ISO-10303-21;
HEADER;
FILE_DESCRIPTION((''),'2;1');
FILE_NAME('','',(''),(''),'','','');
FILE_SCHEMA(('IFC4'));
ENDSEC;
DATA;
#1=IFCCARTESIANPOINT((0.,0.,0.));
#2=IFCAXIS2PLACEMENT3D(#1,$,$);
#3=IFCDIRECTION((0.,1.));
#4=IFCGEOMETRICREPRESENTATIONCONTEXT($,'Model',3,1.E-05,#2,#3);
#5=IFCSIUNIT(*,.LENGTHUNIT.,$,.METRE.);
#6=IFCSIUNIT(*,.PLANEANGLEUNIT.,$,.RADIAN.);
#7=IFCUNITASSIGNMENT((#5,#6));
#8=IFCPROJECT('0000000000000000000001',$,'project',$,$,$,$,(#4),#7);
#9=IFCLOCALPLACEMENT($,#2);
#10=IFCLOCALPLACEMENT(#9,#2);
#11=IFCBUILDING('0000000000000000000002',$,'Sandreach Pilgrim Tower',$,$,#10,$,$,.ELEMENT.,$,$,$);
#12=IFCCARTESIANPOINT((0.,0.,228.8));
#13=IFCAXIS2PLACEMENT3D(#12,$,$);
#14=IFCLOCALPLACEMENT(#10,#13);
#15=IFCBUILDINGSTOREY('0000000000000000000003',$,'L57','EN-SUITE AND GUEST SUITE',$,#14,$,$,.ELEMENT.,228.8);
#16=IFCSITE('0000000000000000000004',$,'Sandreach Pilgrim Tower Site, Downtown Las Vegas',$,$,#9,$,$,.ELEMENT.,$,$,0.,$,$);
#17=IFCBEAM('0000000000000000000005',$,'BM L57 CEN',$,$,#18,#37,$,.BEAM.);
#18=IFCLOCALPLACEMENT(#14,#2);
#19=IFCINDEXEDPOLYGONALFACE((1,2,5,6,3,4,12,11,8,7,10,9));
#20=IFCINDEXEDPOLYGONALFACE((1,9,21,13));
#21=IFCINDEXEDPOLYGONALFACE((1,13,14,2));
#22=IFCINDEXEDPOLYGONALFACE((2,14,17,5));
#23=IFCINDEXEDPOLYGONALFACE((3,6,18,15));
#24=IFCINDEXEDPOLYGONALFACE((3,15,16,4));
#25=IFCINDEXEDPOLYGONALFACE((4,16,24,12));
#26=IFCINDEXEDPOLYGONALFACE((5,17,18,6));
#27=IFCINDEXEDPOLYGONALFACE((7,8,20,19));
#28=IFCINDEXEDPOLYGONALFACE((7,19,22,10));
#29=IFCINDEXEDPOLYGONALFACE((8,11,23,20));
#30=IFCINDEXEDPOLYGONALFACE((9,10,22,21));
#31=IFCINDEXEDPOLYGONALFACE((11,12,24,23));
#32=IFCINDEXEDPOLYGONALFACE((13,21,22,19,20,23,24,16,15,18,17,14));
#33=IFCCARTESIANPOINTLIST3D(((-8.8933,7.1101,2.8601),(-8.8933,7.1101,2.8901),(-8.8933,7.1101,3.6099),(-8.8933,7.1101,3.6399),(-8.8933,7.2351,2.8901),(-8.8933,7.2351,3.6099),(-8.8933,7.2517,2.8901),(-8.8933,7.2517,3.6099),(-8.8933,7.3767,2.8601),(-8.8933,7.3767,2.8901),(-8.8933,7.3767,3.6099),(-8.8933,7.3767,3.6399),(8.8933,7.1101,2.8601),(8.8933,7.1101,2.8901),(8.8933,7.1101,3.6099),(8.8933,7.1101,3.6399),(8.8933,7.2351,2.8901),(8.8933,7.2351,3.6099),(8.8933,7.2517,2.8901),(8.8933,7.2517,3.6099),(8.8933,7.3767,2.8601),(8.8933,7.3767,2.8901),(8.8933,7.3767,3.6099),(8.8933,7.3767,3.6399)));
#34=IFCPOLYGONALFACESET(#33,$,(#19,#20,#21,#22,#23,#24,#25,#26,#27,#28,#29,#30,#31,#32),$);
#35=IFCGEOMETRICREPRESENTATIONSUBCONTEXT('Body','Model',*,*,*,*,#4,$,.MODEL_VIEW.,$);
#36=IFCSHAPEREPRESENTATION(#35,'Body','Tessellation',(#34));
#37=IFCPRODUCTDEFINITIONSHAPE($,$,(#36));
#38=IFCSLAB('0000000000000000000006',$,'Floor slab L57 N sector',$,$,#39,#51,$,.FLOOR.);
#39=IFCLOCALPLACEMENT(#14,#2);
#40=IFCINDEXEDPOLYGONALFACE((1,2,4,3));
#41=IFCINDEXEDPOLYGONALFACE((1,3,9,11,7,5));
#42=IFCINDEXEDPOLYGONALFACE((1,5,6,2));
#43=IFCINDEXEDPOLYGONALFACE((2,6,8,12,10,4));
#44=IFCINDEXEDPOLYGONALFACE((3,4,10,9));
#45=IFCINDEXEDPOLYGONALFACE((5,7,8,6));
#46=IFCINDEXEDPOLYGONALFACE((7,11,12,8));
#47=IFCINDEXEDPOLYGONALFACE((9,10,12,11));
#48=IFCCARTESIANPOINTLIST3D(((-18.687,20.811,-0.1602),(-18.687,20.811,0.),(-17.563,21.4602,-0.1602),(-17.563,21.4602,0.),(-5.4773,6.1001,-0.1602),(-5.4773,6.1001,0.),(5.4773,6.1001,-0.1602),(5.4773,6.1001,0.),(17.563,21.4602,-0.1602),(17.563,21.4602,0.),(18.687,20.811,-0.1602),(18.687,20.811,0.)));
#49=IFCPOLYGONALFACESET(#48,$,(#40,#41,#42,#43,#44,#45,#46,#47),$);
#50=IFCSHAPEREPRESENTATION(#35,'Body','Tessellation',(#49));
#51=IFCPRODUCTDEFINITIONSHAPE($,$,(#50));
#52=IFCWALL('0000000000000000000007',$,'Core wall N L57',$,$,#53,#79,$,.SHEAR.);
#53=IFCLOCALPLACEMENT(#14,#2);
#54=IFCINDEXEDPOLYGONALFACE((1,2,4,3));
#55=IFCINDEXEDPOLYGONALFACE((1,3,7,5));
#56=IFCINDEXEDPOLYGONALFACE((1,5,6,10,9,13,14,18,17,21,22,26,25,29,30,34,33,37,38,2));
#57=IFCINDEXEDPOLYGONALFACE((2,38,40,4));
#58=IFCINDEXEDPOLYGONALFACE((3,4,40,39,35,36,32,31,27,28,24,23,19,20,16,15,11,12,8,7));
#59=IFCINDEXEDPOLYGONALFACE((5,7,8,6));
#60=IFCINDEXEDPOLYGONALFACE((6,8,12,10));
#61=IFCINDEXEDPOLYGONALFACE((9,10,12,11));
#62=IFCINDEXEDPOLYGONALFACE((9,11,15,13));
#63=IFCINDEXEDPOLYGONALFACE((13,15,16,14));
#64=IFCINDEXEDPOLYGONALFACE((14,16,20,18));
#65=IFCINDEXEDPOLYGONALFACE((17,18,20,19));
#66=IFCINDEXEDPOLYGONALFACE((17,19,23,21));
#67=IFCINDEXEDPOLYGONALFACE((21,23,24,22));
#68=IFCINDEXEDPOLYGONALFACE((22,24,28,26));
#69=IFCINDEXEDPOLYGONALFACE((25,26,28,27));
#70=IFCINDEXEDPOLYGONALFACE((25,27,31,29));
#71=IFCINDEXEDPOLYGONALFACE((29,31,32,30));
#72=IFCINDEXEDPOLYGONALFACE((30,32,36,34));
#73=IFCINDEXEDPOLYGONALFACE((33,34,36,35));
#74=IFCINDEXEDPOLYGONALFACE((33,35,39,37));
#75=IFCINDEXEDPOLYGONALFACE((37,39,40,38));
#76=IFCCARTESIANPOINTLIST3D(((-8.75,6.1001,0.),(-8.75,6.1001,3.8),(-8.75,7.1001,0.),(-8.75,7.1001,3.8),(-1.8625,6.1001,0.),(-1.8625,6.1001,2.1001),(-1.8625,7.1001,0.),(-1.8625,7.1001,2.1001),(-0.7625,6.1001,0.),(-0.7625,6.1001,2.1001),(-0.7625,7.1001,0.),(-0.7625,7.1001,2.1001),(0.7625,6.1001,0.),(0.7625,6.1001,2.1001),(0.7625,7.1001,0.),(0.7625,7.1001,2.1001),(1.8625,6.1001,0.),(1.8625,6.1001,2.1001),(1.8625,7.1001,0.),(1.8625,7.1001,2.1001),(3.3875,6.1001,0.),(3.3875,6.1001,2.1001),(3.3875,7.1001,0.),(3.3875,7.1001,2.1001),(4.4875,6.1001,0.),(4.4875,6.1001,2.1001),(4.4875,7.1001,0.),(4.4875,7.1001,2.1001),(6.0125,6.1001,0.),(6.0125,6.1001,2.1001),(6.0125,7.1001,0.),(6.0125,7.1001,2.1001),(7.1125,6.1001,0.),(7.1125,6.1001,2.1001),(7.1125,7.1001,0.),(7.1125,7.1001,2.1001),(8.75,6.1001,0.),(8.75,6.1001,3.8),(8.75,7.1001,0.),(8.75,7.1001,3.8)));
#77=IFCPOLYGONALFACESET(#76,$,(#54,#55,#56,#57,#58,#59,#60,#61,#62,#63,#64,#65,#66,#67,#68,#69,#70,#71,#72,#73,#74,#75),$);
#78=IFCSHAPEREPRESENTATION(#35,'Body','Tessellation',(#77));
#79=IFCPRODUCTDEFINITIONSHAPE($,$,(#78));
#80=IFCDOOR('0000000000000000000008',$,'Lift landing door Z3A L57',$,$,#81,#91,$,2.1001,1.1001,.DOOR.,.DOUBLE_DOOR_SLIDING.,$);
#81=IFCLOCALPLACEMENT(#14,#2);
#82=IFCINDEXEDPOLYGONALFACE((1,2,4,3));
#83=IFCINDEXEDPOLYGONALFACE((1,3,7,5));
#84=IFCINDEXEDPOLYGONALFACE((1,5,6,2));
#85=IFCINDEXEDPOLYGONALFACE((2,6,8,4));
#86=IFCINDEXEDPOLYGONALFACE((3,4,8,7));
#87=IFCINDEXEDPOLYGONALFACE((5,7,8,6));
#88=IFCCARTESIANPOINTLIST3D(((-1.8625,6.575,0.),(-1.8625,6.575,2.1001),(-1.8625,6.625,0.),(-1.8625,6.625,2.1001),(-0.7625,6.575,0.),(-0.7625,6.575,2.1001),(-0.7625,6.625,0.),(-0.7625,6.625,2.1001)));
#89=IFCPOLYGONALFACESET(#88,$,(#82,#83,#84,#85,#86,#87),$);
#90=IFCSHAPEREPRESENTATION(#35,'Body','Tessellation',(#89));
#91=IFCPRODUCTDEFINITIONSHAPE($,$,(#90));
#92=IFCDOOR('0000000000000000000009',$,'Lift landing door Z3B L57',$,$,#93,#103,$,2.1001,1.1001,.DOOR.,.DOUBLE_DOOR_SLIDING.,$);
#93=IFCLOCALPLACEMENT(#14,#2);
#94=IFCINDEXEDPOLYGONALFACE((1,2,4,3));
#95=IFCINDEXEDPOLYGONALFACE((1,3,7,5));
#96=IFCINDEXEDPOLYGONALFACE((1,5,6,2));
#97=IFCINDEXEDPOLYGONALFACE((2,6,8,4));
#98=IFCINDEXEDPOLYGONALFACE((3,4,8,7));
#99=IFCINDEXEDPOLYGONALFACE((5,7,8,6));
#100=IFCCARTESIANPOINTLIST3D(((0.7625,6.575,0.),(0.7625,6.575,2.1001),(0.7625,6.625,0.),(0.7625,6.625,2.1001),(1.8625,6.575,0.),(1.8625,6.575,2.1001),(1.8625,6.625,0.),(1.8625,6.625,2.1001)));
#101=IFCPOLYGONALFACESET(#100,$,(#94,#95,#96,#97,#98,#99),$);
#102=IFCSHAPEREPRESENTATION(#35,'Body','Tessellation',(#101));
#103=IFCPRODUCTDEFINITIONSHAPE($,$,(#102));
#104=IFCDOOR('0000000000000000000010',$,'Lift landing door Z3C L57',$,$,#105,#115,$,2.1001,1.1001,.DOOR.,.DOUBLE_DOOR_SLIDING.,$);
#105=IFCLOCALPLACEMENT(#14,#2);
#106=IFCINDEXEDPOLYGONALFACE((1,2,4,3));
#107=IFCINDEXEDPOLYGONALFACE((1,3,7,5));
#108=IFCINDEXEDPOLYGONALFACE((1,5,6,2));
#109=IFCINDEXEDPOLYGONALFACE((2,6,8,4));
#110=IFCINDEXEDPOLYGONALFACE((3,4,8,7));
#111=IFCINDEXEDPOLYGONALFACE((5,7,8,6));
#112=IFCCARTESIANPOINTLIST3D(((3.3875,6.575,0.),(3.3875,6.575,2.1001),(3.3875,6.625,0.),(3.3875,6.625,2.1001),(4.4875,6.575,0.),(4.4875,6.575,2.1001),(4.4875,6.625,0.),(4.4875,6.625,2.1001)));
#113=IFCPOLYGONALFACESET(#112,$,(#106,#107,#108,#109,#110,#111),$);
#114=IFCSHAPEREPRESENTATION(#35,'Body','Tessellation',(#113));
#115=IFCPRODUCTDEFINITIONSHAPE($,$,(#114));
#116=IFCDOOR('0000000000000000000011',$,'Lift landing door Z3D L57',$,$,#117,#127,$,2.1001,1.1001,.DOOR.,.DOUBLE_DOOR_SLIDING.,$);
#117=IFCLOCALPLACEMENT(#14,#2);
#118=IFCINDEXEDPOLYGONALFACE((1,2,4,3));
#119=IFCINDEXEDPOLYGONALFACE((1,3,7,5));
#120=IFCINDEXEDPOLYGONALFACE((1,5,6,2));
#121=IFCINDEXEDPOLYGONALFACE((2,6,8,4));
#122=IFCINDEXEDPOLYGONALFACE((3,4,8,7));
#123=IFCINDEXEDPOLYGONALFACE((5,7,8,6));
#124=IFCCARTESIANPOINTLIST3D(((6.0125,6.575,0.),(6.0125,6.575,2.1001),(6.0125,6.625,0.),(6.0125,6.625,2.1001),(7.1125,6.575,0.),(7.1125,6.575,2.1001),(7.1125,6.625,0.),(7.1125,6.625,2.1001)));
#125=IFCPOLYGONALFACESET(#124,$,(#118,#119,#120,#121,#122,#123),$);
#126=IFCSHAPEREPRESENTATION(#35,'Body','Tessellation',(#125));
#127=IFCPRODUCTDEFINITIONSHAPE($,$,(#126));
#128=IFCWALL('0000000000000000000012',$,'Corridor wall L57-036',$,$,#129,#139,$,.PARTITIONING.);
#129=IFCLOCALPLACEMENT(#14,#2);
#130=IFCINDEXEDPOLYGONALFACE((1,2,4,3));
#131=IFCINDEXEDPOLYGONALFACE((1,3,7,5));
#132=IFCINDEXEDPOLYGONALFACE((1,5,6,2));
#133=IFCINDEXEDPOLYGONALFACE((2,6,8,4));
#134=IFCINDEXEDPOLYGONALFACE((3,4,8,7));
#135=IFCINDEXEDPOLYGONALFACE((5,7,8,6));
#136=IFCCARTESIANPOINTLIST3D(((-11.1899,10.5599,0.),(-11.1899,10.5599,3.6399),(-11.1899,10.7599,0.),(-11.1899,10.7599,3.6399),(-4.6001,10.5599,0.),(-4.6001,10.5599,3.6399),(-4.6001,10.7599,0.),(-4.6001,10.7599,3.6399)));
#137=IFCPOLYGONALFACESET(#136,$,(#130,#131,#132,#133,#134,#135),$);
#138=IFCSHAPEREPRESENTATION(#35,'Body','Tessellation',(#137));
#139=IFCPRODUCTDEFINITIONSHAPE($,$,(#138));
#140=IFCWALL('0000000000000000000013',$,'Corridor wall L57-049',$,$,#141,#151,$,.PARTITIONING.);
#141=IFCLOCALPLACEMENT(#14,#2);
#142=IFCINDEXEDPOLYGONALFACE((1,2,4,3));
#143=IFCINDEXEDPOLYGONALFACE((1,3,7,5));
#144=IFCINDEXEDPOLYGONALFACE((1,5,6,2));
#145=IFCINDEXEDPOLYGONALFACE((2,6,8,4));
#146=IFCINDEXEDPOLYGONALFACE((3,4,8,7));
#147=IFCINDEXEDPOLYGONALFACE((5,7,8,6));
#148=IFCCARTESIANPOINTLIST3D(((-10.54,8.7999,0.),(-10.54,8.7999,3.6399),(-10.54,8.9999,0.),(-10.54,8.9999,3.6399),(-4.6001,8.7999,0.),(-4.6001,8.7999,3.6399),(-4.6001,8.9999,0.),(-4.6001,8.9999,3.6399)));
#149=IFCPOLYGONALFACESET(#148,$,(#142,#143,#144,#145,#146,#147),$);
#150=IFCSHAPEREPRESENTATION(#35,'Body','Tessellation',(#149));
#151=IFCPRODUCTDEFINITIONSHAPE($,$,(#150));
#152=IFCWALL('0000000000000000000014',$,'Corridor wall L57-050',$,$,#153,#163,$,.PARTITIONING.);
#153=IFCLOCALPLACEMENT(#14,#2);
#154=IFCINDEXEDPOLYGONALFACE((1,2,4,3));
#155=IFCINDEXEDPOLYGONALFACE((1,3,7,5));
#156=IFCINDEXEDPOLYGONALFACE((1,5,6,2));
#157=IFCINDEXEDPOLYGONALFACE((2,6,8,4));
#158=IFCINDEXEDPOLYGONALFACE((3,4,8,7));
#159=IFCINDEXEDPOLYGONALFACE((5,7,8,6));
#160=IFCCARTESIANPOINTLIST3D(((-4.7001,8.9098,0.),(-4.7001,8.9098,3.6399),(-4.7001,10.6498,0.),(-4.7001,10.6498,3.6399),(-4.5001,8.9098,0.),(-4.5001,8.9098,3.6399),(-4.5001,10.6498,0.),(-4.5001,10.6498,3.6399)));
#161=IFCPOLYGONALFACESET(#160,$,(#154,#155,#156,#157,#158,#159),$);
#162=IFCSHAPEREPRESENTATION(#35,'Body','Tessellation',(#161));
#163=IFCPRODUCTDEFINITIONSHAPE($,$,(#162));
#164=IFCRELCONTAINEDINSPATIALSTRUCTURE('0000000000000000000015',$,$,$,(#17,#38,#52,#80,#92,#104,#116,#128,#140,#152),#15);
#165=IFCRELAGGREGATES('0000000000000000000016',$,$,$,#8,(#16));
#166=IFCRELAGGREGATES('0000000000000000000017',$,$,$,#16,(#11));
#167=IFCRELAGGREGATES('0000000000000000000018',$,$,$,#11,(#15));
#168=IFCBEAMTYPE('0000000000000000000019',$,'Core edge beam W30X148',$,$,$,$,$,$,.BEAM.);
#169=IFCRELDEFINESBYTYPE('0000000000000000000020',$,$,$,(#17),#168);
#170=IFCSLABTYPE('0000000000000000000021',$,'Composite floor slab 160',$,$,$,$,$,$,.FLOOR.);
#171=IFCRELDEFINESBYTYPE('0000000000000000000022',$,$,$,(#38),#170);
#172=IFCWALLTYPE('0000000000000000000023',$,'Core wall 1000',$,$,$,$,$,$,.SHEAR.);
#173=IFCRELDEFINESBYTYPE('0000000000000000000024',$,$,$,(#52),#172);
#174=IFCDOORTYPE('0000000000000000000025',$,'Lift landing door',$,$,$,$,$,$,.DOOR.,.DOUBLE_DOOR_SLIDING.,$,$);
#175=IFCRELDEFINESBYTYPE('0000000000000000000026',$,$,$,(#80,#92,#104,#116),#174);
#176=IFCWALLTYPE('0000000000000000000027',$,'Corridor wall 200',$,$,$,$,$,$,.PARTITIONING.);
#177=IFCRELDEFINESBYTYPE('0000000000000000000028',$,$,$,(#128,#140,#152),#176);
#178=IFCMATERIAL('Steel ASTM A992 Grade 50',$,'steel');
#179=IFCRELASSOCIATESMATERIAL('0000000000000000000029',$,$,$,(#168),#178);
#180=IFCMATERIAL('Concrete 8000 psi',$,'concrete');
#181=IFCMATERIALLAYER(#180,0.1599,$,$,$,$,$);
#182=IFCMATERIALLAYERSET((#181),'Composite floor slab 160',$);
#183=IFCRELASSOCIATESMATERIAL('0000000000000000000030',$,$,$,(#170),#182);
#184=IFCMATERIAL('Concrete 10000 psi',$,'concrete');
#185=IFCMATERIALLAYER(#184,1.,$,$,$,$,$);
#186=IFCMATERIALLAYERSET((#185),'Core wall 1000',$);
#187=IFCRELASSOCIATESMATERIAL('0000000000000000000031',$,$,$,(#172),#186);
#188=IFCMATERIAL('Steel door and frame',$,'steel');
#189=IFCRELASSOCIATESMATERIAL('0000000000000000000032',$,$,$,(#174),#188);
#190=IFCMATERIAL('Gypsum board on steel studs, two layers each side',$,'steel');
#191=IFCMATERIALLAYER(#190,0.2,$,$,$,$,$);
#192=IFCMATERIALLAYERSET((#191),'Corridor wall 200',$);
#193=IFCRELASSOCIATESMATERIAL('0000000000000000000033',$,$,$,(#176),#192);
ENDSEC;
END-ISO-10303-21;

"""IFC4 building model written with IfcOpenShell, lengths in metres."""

from ifc_helpers import new_model, si_unit, direction, frame, frame_2d, origin, origin_2d, place, context, subcontext, project, spatial, polyline, rectangle, i_section, outline, extrude, material, layer, layer_set, material_profile, profile_set, type_object, element, fill, save


model = new_model("IFC4")

# Units and contexts
model_context = context("Model", 3, precision=1e-05, world=origin(), true_north=direction((0.0, 1.0)))
body_context = subcontext(model_context, "Body", "Model", "MODEL_VIEW")
ifc_project = project(units=[si_unit("LENGTHUNIT", "METRE"), si_unit("PLANEANGLEUNIT", "RADIAN")], contexts=[model_context])

# Site, building, storey
site_placement = place(None, origin())
site = spatial("IfcSite", under=ifc_project, at=site_placement, Name="Sandreach Pilgrim Tower Site, Downtown Las Vegas", CompositionType="ELEMENT", RefElevation=0.0)
building_placement = place(site_placement, origin())
building = spatial("IfcBuilding", under=site, at=building_placement, Name="Sandreach Pilgrim Tower", CompositionType="ELEMENT")
storey_placement = place(building_placement, frame((0.0, 0.0, 228.8)))
storey = spatial("IfcBuildingStorey", under=building, at=storey_placement, Name="L57", Description="EN-SUITE AND GUEST SUITE", CompositionType="ELEMENT", Elevation=228.8)

# Beam
ifc_material_1 = material(Name="Steel ASTM A992 Grade 50", Category="steel")
ifc_material_profile = material_profile(ifc_material_1, i_section(OverallWidth=0.2666, OverallDepth=0.7798, WebThickness=0.0166, FlangeThickness=0.03, at=origin_2d()), Name="W30X148")
ifc_profile_set = profile_set([ifc_material_profile], Name="Steel ASTM A992 Grade 50")
beam_type = type_object("IfcBeamType", Name="Core edge beam W30X148", PredefinedType="BEAM", material=ifc_profile_set)
beam_placement = place(storey_placement, frame((-8.8933, 7.2434, 3.25), z_axis=(1.0, 0.0, 0.0), x_axis=(0.0, 1.0, 0.0)))
element("IfcBeam", 1, at=beam_placement, inside=storey, type_object=beam_type, Name="BM L57 CEN", PredefinedType="BEAM", context=body_context, shape_type="SweptSolid", body=[
    extrude(i_section(OverallWidth=0.2666, OverallDepth=0.7798, WebThickness=0.0166, FlangeThickness=0.03, at=origin_2d()), origin(), (0.0, 0.0, 1.0), 17.7866),
])

# Slab
ifc_material_2 = material(Name="Concrete 8000 psi", Category="concrete")
ifc_layer_1 = layer(ifc_material_2, 0.1599)
ifc_layer_set_1 = layer_set([ifc_layer_1], Name="Composite floor slab 160")
slab_type = type_object("IfcSlabType", Name="Composite floor slab 160", PredefinedType="FLOOR", material=ifc_layer_set_1)
slab_placement = place(storey_placement, frame((0.0, 0.0, -0.1602)))
element("IfcSlab", 2, at=slab_placement, inside=storey, type_object=slab_type, Name="Floor slab L57 N sector", PredefinedType="FLOOR", context=body_context, shape_type="SweptSolid", body=[
    extrude(outline(polyline([(-17.563, 21.4602), (17.563, 21.4602), (18.687, 20.811), (5.4773, 6.1001), (-5.4773, 6.1001), (-18.687, 20.811), (-17.563, 21.4602)])), origin(), (0.0, 0.0, 1.0), 0.1602),
])

# Wall, openings, doors
ifc_material_3 = material(Name="Concrete 10000 psi", Category="concrete")
ifc_layer_2 = layer(ifc_material_3, 1.0)
ifc_layer_set_2 = layer_set([ifc_layer_2], Name="Core wall 1000")
wall_type_1 = type_object("IfcWallType", Name="Core wall 1000", PredefinedType="SHEAR", material=ifc_layer_set_2)
wall_1_placement = place(storey_placement, frame((-8.75, 6.6001, 0.0), z_axis=(0.0, 0.0, 1.0), x_axis=(1.0, 0.0, 0.0)))
wall_1 = element("IfcWall", 3, at=wall_1_placement, inside=storey, type_object=wall_type_1, Name="Core wall N L57", PredefinedType="SHEAR", context=body_context, shape_type="SweptSolid", body=[
    extrude(rectangle(XDim=17.5, YDim=1.0, at=frame_2d((8.75, 0.0))), origin(), (0.0, 0.0, 1.0), 3.8),
])
opening_1_placement = place(wall_1_placement, frame((6.8875, 0.0, 0.0)))
opening_1 = element("IfcOpeningElement", 4, at=opening_1_placement, cuts=wall_1, PredefinedType="OPENING", context=body_context, shape_type="SweptSolid", body=[
    extrude(rectangle(XDim=1.1001, YDim=2.1001, at=frame_2d((0.55, 1.05))), frame((0.0, 0.5, 0.0), z_axis=(0.0, -1.0, 0.0), x_axis=(1.0, 0.0, 0.0)), (0.0, 0.0, 1.0), 1.0),
])
opening_2_placement = place(wall_1_placement, frame((9.5125, 0.0, 0.0)))
opening_2 = element("IfcOpeningElement", 5, at=opening_2_placement, cuts=wall_1, PredefinedType="OPENING", context=body_context, shape_type="SweptSolid", body=[
    extrude(rectangle(XDim=1.1001, YDim=2.1001, at=frame_2d((0.55, 1.05))), frame((0.0, 0.5, 0.0), z_axis=(0.0, -1.0, 0.0), x_axis=(1.0, 0.0, 0.0)), (0.0, 0.0, 1.0), 1.0),
])
opening_3_placement = place(wall_1_placement, frame((12.1375, 0.0, 0.0)))
opening_3 = element("IfcOpeningElement", 6, at=opening_3_placement, cuts=wall_1, PredefinedType="OPENING", context=body_context, shape_type="SweptSolid", body=[
    extrude(rectangle(XDim=1.1001, YDim=2.1001, at=frame_2d((0.55, 1.05))), frame((0.0, 0.5, 0.0), z_axis=(0.0, -1.0, 0.0), x_axis=(1.0, 0.0, 0.0)), (0.0, 0.0, 1.0), 1.0),
])
opening_4_placement = place(wall_1_placement, frame((14.7625, 0.0, 0.0)))
opening_4 = element("IfcOpeningElement", 7, at=opening_4_placement, cuts=wall_1, PredefinedType="OPENING", context=body_context, shape_type="SweptSolid", body=[
    extrude(rectangle(XDim=1.1001, YDim=2.1001, at=frame_2d((0.55, 1.05))), frame((0.0, 0.5, 0.0), z_axis=(0.0, -1.0, 0.0), x_axis=(1.0, 0.0, 0.0)), (0.0, 0.0, 1.0), 1.0),
])
ifc_material_4 = material(Name="Steel door and frame", Category="steel")
door_type_1 = type_object("IfcDoorType", Name="Lift landing door", OperationType="DOUBLE_DOOR_SLIDING", PredefinedType="DOOR", material=ifc_material_4)
door_1_placement = place(opening_1_placement, origin())
door_1 = element("IfcDoor", 8, at=door_1_placement, inside=storey, type_object=door_type_1, Name="Lift landing door Z3A L57", OperationType="DOUBLE_DOOR_SLIDING", OverallHeight=2.1001, OverallWidth=1.1001, PredefinedType="DOOR", context=body_context, shape_type="SweptSolid", body=[
    extrude(rectangle(XDim=1.1001, YDim=2.1001, at=frame_2d((0.55, 1.05))), frame((0.0, 0.0249, 0.0), z_axis=(0.0, -1.0, 0.0), x_axis=(1.0, 0.0, 0.0)), (0.0, 0.0, 1.0), 0.05),
])
fill(opening_1, door_1)
door_2_placement = place(opening_2_placement, origin())
door_2 = element("IfcDoor", 9, at=door_2_placement, inside=storey, type_object=door_type_1, Name="Lift landing door Z3B L57", OperationType="DOUBLE_DOOR_SLIDING", OverallHeight=2.1001, OverallWidth=1.1001, PredefinedType="DOOR", context=body_context, shape_type="SweptSolid", body=[
    extrude(rectangle(XDim=1.1001, YDim=2.1001, at=frame_2d((0.55, 1.05))), frame((0.0, 0.0249, 0.0), z_axis=(0.0, -1.0, 0.0), x_axis=(1.0, 0.0, 0.0)), (0.0, 0.0, 1.0), 0.05),
])
fill(opening_2, door_2)
door_3_placement = place(opening_3_placement, origin())
door_3 = element("IfcDoor", 10, at=door_3_placement, inside=storey, type_object=door_type_1, Name="Lift landing door Z3C L57", OperationType="DOUBLE_DOOR_SLIDING", OverallHeight=2.1001, OverallWidth=1.1001, PredefinedType="DOOR", context=body_context, shape_type="SweptSolid", body=[
    extrude(rectangle(XDim=1.1001, YDim=2.1001, at=frame_2d((0.55, 1.05))), frame((0.0, 0.0249, 0.0), z_axis=(0.0, -1.0, 0.0), x_axis=(1.0, 0.0, 0.0)), (0.0, 0.0, 1.0), 0.05),
])
fill(opening_3, door_3)
door_4_placement = place(opening_4_placement, origin())
door_4 = element("IfcDoor", 11, at=door_4_placement, inside=storey, type_object=door_type_1, Name="Lift landing door Z3D L57", OperationType="DOUBLE_DOOR_SLIDING", OverallHeight=2.1001, OverallWidth=1.1001, PredefinedType="DOOR", context=body_context, shape_type="SweptSolid", body=[
    extrude(rectangle(XDim=1.1001, YDim=2.1001, at=frame_2d((0.55, 1.05))), frame((0.0, 0.0249, 0.0), z_axis=(0.0, -1.0, 0.0), x_axis=(1.0, 0.0, 0.0)), (0.0, 0.0, 1.0), 0.05),
])
fill(opening_4, door_4)

# Wall
ifc_material_5 = material(Name="Gypsum board on steel studs, two layers each side", Category="steel")
ifc_layer_3 = layer(ifc_material_5, 0.2)
ifc_layer_set_3 = layer_set([ifc_layer_3], Name="Corridor wall 200")
wall_type_2 = type_object("IfcWallType", Name="Corridor wall 200", PredefinedType="PARTITIONING", material=ifc_layer_set_3)
wall_2_placement = place(storey_placement, frame((-11.1899, 10.6599, 0.0), z_axis=(0.0, 0.0, 1.0), x_axis=(1.0, 0.0, 0.0)))
element("IfcWall", 12, at=wall_2_placement, inside=storey, type_object=wall_type_2, Name="Corridor wall L57-036", PredefinedType="PARTITIONING", context=body_context, shape_type="SweptSolid", body=[
    extrude(rectangle(XDim=6.5898, YDim=0.2, at=frame_2d((3.2949, 0.0))), origin(), (0.0, 0.0, 1.0), 3.6399),
])

# Walls
wall_3_placement = place(storey_placement, frame((-4.6001, 8.8999, 0.0), z_axis=(0.0, 0.0, 1.0), x_axis=(-1.0, 0.0, 0.0)))
element("IfcWall", 13, at=wall_3_placement, inside=storey, type_object=wall_type_2, Name="Corridor wall L57-049", PredefinedType="PARTITIONING", context=body_context, shape_type="SweptSolid", body=[
    extrude(rectangle(XDim=5.9399, YDim=0.2, at=frame_2d((2.97, 0.0))), origin(), (0.0, 0.0, 1.0), 3.6399),
])
wall_4_placement = place(storey_placement, frame((-4.6001, 10.6499, 0.0), z_axis=(0.0, 0.0, 1.0), x_axis=(0.0, -1.0, 0.0)))
element("IfcWall", 14, at=wall_4_placement, inside=storey, type_object=wall_type_2, Name="Corridor wall L57-050", PredefinedType="PARTITIONING", context=body_context, shape_type="SweptSolid", body=[
    extrude(rectangle(XDim=1.74, YDim=0.2, at=frame_2d((0.8701, 0.0))), origin(), (0.0, 0.0, 1.0), 3.6399),
])

save(model, "model.ifc")
